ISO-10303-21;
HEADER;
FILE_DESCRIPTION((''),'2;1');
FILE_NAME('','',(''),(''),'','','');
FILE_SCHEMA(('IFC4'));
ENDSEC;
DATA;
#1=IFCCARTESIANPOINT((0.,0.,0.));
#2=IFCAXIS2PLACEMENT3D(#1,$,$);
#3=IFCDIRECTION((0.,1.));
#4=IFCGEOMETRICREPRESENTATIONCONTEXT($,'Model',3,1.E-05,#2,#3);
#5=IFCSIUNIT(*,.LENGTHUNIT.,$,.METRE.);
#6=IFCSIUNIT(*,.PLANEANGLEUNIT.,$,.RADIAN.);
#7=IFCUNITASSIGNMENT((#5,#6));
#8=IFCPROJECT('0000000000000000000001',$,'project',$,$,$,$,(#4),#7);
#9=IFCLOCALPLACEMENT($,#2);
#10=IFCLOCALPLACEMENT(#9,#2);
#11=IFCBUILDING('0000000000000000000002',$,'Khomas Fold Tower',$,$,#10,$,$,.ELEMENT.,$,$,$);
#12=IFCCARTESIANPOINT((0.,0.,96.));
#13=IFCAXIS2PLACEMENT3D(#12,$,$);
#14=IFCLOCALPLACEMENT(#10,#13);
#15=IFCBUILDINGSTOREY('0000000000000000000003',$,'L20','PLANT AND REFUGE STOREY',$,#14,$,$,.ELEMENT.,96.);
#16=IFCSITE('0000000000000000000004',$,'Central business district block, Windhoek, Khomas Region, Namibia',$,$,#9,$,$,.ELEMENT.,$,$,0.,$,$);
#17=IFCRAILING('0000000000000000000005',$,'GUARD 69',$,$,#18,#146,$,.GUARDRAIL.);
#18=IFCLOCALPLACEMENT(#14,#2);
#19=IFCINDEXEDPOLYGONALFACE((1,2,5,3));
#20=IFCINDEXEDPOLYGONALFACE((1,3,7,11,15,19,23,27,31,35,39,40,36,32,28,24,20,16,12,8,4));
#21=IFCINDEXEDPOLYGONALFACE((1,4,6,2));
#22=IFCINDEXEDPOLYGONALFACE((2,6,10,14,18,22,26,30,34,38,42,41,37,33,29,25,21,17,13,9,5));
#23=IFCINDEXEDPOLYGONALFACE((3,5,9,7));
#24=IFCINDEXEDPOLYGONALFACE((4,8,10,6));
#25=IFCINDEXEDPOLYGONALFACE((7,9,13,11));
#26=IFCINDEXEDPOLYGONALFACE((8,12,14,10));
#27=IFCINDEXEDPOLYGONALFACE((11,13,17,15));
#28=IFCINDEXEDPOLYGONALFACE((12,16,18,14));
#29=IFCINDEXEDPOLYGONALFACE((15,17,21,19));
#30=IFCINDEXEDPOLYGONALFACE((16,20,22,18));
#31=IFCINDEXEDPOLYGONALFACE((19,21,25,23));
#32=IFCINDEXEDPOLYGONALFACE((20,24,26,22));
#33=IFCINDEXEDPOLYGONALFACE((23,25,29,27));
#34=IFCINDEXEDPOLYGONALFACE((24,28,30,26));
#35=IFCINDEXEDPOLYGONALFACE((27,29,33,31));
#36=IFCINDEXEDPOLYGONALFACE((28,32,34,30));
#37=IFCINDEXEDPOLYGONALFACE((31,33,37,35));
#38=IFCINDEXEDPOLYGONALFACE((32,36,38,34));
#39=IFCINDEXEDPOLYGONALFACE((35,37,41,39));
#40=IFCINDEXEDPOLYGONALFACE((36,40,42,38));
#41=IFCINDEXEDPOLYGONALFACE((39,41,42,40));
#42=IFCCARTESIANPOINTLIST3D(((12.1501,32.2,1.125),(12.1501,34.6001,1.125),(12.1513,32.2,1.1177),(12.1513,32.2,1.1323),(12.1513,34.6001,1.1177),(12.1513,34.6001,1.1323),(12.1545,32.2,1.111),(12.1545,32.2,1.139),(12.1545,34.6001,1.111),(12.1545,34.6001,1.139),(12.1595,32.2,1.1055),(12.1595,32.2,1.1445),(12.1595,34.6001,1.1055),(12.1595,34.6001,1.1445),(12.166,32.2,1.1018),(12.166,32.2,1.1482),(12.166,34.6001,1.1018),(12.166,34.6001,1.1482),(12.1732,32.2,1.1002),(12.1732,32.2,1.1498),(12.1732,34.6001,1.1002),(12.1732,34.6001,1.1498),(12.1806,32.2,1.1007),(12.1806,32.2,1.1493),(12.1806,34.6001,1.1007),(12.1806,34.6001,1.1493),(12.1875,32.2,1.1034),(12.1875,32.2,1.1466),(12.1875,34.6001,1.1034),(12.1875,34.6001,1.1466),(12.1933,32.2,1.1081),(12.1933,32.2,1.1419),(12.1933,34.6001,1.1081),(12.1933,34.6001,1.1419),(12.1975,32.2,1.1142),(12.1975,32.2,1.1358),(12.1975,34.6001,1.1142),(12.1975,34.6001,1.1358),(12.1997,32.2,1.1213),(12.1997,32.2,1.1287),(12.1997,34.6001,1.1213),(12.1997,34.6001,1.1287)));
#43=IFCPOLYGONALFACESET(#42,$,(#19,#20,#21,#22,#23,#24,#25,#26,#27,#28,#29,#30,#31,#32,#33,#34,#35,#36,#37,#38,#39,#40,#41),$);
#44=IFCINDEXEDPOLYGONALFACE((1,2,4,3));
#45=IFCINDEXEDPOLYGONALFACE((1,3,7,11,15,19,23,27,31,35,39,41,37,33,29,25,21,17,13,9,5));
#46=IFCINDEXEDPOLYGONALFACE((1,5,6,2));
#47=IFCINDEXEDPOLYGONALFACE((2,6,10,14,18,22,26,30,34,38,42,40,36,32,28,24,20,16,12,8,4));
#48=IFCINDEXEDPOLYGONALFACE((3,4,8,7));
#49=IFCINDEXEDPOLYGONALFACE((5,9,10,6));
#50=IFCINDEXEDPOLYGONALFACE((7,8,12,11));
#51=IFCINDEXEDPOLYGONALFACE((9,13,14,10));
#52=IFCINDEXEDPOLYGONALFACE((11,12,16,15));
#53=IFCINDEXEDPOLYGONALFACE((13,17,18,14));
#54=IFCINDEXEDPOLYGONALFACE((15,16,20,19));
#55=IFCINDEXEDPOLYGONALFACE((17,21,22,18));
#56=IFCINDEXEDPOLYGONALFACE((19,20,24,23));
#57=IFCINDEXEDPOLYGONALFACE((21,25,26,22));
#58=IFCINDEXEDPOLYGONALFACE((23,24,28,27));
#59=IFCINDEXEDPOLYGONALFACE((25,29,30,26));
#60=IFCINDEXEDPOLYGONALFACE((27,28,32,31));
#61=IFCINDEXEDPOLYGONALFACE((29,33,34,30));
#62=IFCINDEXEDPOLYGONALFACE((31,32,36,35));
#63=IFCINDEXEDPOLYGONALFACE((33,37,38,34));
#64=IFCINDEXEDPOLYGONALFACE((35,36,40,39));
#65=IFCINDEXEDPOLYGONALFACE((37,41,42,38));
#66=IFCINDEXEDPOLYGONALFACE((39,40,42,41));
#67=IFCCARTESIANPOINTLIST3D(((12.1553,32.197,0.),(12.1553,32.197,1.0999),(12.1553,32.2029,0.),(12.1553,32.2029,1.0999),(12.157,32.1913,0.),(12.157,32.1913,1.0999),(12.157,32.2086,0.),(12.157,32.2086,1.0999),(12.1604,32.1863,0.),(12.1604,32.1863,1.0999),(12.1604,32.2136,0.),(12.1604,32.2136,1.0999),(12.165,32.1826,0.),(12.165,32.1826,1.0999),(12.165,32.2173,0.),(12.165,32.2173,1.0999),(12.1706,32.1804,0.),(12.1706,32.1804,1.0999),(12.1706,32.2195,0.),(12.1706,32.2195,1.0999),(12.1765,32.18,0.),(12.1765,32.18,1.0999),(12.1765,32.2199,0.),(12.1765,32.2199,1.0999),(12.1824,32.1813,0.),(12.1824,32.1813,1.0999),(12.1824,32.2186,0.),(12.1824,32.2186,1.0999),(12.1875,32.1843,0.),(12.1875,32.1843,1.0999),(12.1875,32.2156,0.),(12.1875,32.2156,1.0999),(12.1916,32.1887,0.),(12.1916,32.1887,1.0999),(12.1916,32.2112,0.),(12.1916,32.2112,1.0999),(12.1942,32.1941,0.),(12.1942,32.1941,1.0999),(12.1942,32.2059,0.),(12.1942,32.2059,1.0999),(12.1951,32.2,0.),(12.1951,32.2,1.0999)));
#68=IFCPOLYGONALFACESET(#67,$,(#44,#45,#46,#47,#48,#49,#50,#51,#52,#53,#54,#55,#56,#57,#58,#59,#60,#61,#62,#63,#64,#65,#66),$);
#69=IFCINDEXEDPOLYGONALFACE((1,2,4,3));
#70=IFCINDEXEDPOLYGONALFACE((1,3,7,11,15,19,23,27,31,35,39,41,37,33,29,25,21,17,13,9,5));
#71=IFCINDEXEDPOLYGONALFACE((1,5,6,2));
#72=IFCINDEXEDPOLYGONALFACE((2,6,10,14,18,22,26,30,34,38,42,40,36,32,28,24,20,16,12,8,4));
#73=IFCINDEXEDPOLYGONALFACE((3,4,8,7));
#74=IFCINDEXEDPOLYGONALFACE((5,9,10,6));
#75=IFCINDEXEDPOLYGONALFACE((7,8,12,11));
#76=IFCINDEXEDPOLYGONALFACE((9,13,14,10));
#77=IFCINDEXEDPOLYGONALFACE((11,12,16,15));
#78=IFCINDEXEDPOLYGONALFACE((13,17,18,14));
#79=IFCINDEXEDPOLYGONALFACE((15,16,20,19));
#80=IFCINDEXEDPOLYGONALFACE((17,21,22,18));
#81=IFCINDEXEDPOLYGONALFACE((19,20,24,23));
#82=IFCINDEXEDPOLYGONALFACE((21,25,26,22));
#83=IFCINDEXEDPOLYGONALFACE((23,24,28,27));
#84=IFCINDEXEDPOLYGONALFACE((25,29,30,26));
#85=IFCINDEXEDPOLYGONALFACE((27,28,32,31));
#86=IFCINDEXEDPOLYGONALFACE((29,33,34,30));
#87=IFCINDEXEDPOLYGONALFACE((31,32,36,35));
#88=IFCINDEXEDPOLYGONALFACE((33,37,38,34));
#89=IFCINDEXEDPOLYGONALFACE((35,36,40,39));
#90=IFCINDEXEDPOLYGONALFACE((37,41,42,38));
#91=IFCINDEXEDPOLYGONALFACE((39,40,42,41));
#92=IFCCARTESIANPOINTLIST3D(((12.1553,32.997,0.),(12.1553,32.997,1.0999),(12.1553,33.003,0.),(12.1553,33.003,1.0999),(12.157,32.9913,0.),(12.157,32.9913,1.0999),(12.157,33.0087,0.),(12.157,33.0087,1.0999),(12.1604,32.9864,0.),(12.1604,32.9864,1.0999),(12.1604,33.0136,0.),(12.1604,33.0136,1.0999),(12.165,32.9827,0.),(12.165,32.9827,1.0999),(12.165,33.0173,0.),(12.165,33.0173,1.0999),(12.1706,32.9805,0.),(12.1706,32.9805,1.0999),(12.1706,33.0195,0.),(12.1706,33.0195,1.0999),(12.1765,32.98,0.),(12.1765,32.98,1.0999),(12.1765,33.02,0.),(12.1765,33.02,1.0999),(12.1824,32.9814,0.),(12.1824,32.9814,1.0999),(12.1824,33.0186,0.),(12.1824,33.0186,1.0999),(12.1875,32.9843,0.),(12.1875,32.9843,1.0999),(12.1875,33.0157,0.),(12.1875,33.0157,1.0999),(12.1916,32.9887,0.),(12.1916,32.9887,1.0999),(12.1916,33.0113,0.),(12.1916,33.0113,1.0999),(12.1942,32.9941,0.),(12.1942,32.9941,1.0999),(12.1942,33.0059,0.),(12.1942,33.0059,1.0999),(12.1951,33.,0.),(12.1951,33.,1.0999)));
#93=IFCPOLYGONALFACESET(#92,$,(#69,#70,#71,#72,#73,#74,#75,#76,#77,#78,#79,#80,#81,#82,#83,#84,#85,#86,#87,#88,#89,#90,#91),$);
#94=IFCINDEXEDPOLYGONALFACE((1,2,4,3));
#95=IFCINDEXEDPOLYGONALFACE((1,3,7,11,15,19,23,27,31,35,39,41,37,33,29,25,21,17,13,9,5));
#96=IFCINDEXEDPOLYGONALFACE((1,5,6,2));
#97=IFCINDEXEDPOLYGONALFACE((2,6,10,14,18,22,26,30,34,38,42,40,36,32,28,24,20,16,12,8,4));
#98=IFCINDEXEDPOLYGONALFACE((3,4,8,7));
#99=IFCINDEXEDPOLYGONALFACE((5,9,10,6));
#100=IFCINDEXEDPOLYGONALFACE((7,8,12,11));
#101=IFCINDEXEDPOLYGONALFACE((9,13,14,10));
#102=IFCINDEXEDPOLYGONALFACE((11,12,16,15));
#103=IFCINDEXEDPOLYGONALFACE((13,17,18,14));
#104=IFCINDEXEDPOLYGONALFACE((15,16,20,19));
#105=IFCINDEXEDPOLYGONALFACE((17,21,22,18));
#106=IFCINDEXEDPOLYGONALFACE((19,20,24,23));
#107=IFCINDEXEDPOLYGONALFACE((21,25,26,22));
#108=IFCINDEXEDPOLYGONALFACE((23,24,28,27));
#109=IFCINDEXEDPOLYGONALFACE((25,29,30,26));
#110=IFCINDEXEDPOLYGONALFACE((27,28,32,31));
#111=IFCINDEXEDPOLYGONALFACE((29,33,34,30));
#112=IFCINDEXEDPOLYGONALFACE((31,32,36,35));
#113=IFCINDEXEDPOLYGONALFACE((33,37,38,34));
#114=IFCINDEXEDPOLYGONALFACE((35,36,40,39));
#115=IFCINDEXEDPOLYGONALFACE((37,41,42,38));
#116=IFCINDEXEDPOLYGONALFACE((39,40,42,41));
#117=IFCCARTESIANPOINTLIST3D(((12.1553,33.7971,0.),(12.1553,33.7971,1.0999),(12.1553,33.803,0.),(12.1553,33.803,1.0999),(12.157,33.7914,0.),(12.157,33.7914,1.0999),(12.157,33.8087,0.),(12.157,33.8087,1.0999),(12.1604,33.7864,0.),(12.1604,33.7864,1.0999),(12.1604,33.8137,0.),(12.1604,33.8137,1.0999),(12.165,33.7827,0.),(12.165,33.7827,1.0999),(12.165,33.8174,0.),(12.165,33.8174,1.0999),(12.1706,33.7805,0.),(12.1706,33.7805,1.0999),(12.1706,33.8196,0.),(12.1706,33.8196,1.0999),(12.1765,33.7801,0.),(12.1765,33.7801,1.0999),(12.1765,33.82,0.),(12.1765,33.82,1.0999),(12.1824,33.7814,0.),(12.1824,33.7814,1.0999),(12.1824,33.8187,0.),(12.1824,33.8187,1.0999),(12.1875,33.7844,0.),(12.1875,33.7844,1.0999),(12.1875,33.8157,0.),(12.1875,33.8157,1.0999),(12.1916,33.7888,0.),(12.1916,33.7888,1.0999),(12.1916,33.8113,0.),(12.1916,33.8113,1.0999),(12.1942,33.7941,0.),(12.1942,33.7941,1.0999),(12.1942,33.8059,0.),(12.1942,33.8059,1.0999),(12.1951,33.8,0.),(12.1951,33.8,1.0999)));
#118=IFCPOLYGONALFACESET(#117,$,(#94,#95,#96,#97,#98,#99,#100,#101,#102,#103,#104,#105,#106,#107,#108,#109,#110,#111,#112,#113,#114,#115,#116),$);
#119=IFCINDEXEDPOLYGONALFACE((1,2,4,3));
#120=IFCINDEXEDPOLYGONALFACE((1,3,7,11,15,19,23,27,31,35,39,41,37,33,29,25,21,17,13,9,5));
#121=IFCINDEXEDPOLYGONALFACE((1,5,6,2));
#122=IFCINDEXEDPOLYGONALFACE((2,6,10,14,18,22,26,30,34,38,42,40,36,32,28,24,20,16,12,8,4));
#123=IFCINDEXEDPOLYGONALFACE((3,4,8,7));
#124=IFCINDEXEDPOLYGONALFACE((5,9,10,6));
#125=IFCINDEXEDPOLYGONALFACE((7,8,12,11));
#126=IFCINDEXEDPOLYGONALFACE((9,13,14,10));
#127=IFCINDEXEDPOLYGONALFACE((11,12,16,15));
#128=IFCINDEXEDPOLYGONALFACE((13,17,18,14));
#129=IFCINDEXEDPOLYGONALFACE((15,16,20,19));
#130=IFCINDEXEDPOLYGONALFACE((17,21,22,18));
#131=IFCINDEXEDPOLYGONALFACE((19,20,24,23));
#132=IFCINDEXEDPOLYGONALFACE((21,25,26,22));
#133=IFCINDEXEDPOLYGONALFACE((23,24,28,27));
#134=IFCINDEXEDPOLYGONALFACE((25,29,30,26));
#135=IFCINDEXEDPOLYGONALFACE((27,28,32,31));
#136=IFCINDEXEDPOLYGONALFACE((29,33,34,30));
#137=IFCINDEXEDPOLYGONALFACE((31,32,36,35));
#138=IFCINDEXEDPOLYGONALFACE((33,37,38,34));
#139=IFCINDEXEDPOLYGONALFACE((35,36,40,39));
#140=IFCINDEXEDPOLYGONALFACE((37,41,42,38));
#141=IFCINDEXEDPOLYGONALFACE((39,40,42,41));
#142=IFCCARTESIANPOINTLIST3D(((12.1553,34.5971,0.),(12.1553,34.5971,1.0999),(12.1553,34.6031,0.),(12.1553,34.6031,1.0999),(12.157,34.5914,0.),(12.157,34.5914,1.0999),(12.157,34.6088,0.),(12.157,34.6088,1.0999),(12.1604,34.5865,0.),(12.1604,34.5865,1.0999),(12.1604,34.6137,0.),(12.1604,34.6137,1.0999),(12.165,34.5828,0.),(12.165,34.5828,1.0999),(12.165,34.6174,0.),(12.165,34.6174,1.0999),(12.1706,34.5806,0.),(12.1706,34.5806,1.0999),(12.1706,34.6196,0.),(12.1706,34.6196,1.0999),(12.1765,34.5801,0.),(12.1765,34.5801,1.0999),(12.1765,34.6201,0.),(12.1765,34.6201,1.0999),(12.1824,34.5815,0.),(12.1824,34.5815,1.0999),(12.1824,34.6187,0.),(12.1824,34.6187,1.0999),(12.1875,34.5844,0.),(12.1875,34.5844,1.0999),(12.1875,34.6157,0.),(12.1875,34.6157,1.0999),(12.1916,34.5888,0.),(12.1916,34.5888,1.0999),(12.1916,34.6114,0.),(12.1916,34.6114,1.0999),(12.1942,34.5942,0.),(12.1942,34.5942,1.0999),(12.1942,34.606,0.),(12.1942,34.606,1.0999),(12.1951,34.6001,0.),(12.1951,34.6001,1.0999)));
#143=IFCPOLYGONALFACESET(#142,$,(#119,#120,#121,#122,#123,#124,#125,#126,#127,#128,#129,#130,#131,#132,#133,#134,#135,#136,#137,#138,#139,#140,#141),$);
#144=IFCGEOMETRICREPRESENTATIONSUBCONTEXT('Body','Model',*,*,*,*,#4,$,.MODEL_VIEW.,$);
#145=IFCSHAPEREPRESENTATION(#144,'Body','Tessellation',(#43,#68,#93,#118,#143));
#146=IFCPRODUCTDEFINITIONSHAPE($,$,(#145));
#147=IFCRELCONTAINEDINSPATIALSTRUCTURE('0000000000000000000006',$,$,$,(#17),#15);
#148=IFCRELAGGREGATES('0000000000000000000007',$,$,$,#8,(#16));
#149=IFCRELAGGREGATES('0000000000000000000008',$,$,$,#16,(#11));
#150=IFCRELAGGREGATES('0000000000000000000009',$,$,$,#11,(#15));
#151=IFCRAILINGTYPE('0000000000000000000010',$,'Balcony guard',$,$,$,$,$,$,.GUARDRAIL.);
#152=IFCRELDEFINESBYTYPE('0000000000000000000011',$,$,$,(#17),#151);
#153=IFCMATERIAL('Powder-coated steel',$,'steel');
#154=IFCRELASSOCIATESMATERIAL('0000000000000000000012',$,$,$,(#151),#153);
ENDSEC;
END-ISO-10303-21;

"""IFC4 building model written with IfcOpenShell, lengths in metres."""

from ifc_helpers import new_model, si_unit, direction, frame, origin, origin_2d, place, context, subcontext, project, spatial, circle, extrude, source, transform, mapped, material, type_object, element, save


model = new_model("IFC4")

# Units and contexts
model_context = context("Model", 3, precision=1e-05, world=origin(), true_north=direction((0.0, 1.0)))
body_context = subcontext(model_context, "Body", "Model", "MODEL_VIEW")
ifc_project = project(units=[si_unit("LENGTHUNIT", "METRE"), si_unit("PLANEANGLEUNIT", "RADIAN")], contexts=[model_context])

# Site, building, storey
site_placement = place(None, origin())
site = spatial("IfcSite", under=ifc_project, at=site_placement, Name="Central business district block, Windhoek, Khomas Region, Namibia", CompositionType="ELEMENT", RefElevation=0.0)
building_placement = place(site_placement, origin())
building = spatial("IfcBuilding", under=site, at=building_placement, Name="Khomas Fold Tower", CompositionType="ELEMENT")
storey_placement = place(building_placement, frame((0.0, 0.0, 96.0)))
storey = spatial("IfcBuildingStorey", under=building, at=storey_placement, Name="L20", Description="PLANT AND REFUGE STOREY", CompositionType="ELEMENT", Elevation=96.0)

# Railing
ifc_material_1 = material(Name="Powder-coated steel", Category="steel")
railing_type = type_object("IfcRailingType", Name="Balcony guard", PredefinedType="GUARDRAIL", material=ifc_material_1)
shared_shape_1 = source(origin(), body_context, "Body", "SweptSolid", [
    extrude(circle(Radius=0.0249, at=origin_2d()), frame((0.0, 0.0, 1.125), z_axis=(0.0, 1.0, 0.0), x_axis=(-1.0, 0.0, 0.0)), (0.0, 0.0, 1.0), 2.4001),
    extrude(circle(Radius=0.02, at=origin_2d()), origin(), (0.0, 0.0, 1.0), 1.0999),
    extrude(circle(Radius=0.02, at=origin_2d()), frame((0.0, 0.8, 0.0)), (0.0, 0.0, 1.0), 1.0999),
    extrude(circle(Radius=0.02, at=origin_2d()), frame((0.0, 1.6001, 0.0)), (0.0, 0.0, 1.0), 1.0999),
    extrude(circle(Radius=0.02, at=origin_2d()), frame((0.0, 2.4001, 0.0)), (0.0, 0.0, 1.0), 1.0999),
])
for number, where, name in (
    (1, (12.175, 32.2, 0.0), "GUARD 69"),
):
    element("IfcRailing", number, at=place(storey_placement, frame(where)), inside=storey, type_object=railing_type, Name=name, PredefinedType="GUARDRAIL", context=body_context, shape_type="MappedRepresentation", body=[
        mapped(shared_shape_1, transform((0.0, 0.0, 0.0))),
    ])

save(model, "model.ifc")
